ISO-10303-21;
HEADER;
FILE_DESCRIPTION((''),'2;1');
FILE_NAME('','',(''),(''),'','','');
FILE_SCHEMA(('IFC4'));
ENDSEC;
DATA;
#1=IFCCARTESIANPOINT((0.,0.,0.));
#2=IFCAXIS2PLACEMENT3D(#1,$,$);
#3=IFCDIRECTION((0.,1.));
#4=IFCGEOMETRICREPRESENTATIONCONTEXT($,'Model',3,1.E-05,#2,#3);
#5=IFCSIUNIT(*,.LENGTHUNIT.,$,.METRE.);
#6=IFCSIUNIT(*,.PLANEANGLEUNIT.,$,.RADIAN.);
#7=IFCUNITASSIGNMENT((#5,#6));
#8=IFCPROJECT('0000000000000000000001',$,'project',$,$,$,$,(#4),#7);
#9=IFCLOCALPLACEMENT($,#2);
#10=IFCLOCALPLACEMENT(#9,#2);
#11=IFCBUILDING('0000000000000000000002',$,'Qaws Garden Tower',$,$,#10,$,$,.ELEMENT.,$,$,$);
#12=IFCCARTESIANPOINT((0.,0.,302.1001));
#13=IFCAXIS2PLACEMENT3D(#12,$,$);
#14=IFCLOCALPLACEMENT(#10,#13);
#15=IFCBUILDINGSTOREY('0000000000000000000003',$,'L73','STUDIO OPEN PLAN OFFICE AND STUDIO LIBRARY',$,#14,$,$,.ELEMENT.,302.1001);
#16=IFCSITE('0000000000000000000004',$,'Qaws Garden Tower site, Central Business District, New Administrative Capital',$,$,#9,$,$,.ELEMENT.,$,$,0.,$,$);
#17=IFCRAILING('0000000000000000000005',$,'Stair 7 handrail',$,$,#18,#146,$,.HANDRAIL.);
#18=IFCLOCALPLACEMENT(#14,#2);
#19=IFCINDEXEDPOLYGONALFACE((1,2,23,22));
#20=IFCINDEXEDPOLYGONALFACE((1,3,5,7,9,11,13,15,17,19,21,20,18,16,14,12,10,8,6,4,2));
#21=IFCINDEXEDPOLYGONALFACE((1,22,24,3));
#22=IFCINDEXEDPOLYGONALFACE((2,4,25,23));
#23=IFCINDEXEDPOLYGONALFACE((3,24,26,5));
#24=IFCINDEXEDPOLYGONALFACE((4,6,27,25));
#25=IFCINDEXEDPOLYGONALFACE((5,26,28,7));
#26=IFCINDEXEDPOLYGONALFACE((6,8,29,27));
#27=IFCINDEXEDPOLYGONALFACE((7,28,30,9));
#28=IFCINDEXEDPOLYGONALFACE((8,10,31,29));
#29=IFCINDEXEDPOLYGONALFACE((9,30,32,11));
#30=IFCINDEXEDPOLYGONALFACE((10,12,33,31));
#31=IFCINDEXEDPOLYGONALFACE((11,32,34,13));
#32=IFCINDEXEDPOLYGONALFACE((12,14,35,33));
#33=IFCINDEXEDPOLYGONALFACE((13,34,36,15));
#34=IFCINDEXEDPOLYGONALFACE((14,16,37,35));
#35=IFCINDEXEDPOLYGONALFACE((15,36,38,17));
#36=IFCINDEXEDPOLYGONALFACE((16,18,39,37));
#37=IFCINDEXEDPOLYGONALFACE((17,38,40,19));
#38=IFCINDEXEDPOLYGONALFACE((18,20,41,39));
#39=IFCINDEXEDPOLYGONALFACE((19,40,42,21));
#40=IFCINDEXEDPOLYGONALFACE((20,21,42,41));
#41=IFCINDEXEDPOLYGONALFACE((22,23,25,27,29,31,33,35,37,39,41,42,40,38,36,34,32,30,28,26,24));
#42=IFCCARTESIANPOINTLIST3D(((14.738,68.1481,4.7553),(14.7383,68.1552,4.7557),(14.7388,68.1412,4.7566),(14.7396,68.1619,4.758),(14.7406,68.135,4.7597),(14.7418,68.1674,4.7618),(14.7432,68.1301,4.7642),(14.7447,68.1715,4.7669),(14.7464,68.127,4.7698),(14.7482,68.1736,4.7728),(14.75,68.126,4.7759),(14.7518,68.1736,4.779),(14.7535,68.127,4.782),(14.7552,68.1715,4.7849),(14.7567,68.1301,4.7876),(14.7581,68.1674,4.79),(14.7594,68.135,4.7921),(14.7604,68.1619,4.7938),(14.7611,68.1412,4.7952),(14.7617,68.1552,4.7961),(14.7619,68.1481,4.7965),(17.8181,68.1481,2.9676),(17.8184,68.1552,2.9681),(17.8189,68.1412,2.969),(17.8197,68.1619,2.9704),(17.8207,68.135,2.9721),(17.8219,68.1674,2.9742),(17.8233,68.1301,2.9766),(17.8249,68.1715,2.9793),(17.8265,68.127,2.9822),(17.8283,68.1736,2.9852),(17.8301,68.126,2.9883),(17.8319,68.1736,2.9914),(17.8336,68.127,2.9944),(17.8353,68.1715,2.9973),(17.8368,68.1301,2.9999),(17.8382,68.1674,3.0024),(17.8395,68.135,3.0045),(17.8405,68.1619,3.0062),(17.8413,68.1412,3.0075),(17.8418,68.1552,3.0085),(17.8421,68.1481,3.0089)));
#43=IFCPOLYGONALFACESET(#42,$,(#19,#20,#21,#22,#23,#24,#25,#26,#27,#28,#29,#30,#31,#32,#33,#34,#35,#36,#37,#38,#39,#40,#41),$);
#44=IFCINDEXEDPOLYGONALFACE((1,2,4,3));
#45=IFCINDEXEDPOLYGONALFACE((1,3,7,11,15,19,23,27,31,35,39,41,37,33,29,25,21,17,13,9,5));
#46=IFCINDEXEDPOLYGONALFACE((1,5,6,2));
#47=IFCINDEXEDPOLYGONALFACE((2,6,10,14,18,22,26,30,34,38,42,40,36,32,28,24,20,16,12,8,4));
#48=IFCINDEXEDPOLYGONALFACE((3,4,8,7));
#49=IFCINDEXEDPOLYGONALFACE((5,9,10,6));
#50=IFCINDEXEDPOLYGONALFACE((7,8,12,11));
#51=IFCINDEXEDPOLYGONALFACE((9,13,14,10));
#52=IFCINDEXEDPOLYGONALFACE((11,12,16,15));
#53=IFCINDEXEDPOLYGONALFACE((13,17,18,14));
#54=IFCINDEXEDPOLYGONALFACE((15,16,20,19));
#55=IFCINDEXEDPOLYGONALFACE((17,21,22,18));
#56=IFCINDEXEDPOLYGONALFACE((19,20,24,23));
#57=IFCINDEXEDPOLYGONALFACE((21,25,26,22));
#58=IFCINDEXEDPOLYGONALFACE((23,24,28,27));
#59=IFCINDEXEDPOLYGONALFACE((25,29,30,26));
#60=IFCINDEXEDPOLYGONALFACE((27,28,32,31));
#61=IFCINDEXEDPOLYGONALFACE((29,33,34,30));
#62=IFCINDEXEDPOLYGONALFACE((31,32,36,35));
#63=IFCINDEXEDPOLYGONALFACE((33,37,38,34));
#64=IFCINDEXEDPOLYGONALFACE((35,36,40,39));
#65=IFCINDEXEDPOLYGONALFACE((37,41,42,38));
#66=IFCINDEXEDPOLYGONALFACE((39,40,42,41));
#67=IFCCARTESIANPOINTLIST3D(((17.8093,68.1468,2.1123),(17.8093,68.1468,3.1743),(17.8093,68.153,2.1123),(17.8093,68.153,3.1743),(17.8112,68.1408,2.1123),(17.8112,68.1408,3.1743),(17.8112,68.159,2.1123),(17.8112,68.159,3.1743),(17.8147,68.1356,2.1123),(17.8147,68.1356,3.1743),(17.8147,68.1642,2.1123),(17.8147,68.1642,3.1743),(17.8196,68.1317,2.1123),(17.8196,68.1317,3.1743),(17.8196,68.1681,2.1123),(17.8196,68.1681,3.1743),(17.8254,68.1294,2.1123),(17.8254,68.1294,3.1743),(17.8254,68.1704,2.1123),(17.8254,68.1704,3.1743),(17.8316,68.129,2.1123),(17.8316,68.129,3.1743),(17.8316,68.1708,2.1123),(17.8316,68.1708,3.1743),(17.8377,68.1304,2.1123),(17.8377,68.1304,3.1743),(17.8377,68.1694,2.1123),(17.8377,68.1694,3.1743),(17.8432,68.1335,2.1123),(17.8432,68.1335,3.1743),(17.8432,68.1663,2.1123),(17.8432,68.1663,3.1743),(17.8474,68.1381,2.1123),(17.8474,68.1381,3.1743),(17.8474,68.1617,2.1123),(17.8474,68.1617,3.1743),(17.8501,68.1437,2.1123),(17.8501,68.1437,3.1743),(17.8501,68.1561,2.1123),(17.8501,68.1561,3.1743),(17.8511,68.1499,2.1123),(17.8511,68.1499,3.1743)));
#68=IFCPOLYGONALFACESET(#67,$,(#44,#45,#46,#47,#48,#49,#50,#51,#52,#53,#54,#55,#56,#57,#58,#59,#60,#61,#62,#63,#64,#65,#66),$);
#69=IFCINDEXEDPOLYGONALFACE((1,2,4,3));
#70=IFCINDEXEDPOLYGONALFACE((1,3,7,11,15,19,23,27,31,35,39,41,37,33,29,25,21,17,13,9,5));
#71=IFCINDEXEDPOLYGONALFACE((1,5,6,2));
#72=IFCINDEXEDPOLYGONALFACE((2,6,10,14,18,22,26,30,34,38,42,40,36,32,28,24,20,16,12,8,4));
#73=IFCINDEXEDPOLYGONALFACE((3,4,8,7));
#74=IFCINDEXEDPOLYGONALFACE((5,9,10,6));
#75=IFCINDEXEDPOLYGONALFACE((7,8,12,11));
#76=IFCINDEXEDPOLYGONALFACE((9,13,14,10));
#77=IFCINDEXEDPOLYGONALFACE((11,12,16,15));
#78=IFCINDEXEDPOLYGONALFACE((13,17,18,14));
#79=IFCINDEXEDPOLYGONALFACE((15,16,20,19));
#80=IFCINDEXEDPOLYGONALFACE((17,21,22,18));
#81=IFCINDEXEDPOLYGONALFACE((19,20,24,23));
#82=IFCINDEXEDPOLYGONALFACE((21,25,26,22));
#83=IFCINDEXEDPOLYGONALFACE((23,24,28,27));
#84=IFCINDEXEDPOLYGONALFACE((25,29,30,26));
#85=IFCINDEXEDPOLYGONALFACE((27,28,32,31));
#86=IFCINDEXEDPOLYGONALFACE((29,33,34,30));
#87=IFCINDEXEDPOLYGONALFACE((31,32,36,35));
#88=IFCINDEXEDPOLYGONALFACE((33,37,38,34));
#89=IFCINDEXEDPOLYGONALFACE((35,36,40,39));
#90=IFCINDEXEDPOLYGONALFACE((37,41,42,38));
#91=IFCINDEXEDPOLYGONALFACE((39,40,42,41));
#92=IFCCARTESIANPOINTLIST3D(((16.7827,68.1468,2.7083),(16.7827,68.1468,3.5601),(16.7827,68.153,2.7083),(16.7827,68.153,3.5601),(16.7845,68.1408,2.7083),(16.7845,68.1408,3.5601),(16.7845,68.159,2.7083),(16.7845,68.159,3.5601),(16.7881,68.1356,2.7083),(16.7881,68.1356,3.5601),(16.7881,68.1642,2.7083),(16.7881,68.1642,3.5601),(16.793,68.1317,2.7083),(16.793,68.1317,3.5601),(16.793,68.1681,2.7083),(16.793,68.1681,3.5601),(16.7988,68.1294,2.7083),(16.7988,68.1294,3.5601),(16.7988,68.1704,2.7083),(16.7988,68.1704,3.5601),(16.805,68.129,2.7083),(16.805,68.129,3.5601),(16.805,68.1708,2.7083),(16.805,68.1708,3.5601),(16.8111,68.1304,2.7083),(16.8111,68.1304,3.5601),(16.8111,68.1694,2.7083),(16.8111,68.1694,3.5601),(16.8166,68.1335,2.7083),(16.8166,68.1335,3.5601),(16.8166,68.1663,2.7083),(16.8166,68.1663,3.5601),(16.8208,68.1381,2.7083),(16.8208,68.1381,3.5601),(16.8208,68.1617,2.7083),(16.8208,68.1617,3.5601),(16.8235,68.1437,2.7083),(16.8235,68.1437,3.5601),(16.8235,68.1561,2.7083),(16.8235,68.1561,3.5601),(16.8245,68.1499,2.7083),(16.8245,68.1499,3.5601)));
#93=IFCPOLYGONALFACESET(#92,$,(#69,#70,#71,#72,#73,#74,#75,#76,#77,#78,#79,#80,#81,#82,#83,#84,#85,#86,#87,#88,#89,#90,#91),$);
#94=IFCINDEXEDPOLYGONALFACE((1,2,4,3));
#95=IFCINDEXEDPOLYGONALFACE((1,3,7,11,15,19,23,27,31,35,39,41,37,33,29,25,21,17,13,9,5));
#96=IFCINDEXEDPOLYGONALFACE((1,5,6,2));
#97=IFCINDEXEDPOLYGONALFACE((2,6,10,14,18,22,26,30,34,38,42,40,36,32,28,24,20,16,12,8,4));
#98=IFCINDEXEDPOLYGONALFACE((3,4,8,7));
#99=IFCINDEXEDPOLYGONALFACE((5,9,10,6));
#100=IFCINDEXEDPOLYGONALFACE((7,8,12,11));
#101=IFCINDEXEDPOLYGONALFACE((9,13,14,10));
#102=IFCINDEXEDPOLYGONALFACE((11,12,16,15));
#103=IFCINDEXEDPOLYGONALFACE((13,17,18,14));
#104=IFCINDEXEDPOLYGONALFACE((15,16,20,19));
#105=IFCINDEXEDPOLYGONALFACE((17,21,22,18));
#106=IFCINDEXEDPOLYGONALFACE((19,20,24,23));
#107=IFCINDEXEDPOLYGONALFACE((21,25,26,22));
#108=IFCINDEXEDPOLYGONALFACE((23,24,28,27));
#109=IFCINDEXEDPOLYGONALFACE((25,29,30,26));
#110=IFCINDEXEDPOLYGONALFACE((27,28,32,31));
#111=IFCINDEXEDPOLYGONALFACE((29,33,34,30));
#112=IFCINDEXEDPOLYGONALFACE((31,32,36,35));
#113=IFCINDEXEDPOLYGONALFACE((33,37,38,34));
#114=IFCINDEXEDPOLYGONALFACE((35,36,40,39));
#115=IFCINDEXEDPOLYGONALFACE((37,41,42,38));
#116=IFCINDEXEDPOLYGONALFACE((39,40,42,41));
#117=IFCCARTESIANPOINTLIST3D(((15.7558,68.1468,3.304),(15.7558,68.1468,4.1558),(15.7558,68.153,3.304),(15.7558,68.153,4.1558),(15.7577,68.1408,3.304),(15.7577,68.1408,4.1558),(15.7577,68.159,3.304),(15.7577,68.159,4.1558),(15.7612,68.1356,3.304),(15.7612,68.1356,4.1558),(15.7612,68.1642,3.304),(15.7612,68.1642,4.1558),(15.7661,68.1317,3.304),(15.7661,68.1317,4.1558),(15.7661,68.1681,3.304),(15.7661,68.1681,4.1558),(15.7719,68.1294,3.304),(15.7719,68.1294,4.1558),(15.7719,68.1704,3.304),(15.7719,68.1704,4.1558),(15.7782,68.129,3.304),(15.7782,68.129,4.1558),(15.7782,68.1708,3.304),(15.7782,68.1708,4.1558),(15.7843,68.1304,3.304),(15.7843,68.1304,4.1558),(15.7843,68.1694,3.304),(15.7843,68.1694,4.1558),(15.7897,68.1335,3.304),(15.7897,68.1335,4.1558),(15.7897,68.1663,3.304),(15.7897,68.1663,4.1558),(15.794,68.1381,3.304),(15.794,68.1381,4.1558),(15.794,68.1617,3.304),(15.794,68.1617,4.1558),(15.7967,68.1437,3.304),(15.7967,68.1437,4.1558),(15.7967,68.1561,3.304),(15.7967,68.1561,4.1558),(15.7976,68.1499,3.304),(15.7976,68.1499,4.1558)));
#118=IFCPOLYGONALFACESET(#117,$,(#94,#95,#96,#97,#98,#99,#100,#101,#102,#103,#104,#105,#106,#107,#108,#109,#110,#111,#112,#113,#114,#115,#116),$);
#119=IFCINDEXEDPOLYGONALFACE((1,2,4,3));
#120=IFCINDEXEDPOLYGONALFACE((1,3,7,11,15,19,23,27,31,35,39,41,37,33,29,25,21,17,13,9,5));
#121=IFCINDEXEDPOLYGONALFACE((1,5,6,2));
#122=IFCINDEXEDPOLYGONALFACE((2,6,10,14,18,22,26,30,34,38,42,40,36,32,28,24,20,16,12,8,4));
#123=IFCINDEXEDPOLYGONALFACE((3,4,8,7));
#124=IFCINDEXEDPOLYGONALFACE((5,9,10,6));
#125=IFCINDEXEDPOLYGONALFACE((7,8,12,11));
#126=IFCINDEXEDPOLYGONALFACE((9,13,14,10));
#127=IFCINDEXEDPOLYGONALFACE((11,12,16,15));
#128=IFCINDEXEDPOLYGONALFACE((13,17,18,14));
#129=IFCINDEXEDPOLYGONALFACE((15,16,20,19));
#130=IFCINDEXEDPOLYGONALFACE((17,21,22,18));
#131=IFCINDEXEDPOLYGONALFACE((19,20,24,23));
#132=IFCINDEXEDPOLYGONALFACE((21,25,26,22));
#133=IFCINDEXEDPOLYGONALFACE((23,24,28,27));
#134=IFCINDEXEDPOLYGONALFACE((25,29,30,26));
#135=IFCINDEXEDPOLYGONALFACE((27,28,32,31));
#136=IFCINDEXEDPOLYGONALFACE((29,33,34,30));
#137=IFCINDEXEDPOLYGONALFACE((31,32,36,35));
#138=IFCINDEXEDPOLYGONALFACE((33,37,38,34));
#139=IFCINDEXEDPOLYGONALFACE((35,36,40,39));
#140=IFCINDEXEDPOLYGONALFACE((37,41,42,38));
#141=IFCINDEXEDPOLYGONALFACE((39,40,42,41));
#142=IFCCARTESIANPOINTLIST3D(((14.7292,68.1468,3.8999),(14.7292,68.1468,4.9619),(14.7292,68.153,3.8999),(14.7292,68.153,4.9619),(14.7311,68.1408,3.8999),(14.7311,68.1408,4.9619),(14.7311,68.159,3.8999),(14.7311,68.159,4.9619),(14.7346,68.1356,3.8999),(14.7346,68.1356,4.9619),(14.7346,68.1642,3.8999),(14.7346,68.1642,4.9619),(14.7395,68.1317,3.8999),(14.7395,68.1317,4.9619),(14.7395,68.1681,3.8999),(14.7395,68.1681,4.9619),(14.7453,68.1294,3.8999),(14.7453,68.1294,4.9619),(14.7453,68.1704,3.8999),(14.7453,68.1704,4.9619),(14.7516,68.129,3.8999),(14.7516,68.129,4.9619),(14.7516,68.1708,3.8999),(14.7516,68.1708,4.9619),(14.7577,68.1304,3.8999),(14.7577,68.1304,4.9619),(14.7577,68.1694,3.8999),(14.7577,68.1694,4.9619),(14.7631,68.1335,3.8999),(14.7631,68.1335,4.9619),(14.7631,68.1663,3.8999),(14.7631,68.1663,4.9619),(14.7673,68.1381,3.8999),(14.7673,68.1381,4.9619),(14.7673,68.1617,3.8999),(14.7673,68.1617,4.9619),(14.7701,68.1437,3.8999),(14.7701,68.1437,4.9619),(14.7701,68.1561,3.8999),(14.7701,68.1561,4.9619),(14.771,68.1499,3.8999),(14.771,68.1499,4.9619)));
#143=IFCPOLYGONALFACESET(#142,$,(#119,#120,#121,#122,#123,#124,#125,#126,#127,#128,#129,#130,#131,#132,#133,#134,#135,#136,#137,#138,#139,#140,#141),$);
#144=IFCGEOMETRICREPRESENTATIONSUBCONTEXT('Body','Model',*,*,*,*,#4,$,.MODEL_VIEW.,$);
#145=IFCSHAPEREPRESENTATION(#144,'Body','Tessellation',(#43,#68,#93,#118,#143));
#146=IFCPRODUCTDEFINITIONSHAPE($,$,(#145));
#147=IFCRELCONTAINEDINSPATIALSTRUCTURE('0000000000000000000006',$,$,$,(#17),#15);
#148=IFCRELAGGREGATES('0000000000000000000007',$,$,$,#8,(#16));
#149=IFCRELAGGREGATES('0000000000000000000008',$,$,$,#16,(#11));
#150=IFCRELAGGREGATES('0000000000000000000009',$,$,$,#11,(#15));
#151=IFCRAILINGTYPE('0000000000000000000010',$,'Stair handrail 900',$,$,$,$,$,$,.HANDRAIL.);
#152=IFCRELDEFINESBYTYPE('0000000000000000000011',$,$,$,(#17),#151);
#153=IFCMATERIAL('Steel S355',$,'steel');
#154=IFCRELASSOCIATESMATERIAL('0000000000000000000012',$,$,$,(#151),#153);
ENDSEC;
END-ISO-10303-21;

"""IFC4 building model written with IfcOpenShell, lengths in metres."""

from ifc_helpers import new_model, si_unit, direction, frame, origin, origin_2d, place, context, subcontext, project, spatial, circle, extrude, material, type_object, element, save


model = new_model("IFC4")

# Units and contexts
model_context = context("Model", 3, precision=1e-05, world=origin(), true_north=direction((0.0, 1.0)))
body_context = subcontext(model_context, "Body", "Model", "MODEL_VIEW")
ifc_project = project(units=[si_unit("LENGTHUNIT", "METRE"), si_unit("PLANEANGLEUNIT", "RADIAN")], contexts=[model_context])

# Site, building, storey
site_placement = place(None, origin())
site = spatial("IfcSite", under=ifc_project, at=site_placement, Name="Qaws Garden Tower site, Central Business District, New Administrative Capital", CompositionType="ELEMENT", RefElevation=0.0)
building_placement = place(site_placement, origin())
building = spatial("IfcBuilding", under=site, at=building_placement, Name="Qaws Garden Tower", CompositionType="ELEMENT")
storey_placement = place(building_placement, frame((0.0, 0.0, 302.1001)))
storey = spatial("IfcBuildingStorey", under=building, at=storey_placement, Name="L73", Description="STUDIO OPEN PLAN OFFICE AND STUDIO LIBRARY", CompositionType="ELEMENT", Elevation=302.1001)

# Railing
ifc_material_1 = material(Name="Steel S355", Category="steel")
railing_type = type_object("IfcRailingType", Name="Stair handrail 900", PredefinedType="HANDRAIL", material=ifc_material_1)
railing_1_placement = place(storey_placement, frame((17.8301, 68.1499, 2.1123)))
element("IfcRailing", 1, at=railing_1_placement, inside=storey, type_object=railing_type, Name="Stair 7 handrail", PredefinedType="HANDRAIL", context=body_context, shape_type="SweptSolid", body=[
    extrude(circle(Radius=0.0239, at=origin_2d()), frame((0.0, 0.0, 0.876), z_axis=(-0.864891, 0.0, 0.50196), x_axis=(0.0, -1.0, 0.0)), (0.0, 0.0, 1.0), 3.5613),
    extrude(circle(Radius=0.021, at=origin_2d()), origin(), (0.0, 0.0, 1.0), 1.062),
    extrude(circle(Radius=0.021, at=origin_2d()), frame((-1.0266, 0.0, 0.5959)), (0.0, 0.0, 1.0), 0.8518),
    extrude(circle(Radius=0.021, at=origin_2d()), frame((-2.0535, 0.0, 1.1917)), (0.0, 0.0, 1.0), 0.8518),
    extrude(circle(Radius=0.021, at=origin_2d()), frame((-3.0801, 0.0, 1.7876)), (0.0, 0.0, 1.0), 1.062),
])

save(model, "model.ifc")
